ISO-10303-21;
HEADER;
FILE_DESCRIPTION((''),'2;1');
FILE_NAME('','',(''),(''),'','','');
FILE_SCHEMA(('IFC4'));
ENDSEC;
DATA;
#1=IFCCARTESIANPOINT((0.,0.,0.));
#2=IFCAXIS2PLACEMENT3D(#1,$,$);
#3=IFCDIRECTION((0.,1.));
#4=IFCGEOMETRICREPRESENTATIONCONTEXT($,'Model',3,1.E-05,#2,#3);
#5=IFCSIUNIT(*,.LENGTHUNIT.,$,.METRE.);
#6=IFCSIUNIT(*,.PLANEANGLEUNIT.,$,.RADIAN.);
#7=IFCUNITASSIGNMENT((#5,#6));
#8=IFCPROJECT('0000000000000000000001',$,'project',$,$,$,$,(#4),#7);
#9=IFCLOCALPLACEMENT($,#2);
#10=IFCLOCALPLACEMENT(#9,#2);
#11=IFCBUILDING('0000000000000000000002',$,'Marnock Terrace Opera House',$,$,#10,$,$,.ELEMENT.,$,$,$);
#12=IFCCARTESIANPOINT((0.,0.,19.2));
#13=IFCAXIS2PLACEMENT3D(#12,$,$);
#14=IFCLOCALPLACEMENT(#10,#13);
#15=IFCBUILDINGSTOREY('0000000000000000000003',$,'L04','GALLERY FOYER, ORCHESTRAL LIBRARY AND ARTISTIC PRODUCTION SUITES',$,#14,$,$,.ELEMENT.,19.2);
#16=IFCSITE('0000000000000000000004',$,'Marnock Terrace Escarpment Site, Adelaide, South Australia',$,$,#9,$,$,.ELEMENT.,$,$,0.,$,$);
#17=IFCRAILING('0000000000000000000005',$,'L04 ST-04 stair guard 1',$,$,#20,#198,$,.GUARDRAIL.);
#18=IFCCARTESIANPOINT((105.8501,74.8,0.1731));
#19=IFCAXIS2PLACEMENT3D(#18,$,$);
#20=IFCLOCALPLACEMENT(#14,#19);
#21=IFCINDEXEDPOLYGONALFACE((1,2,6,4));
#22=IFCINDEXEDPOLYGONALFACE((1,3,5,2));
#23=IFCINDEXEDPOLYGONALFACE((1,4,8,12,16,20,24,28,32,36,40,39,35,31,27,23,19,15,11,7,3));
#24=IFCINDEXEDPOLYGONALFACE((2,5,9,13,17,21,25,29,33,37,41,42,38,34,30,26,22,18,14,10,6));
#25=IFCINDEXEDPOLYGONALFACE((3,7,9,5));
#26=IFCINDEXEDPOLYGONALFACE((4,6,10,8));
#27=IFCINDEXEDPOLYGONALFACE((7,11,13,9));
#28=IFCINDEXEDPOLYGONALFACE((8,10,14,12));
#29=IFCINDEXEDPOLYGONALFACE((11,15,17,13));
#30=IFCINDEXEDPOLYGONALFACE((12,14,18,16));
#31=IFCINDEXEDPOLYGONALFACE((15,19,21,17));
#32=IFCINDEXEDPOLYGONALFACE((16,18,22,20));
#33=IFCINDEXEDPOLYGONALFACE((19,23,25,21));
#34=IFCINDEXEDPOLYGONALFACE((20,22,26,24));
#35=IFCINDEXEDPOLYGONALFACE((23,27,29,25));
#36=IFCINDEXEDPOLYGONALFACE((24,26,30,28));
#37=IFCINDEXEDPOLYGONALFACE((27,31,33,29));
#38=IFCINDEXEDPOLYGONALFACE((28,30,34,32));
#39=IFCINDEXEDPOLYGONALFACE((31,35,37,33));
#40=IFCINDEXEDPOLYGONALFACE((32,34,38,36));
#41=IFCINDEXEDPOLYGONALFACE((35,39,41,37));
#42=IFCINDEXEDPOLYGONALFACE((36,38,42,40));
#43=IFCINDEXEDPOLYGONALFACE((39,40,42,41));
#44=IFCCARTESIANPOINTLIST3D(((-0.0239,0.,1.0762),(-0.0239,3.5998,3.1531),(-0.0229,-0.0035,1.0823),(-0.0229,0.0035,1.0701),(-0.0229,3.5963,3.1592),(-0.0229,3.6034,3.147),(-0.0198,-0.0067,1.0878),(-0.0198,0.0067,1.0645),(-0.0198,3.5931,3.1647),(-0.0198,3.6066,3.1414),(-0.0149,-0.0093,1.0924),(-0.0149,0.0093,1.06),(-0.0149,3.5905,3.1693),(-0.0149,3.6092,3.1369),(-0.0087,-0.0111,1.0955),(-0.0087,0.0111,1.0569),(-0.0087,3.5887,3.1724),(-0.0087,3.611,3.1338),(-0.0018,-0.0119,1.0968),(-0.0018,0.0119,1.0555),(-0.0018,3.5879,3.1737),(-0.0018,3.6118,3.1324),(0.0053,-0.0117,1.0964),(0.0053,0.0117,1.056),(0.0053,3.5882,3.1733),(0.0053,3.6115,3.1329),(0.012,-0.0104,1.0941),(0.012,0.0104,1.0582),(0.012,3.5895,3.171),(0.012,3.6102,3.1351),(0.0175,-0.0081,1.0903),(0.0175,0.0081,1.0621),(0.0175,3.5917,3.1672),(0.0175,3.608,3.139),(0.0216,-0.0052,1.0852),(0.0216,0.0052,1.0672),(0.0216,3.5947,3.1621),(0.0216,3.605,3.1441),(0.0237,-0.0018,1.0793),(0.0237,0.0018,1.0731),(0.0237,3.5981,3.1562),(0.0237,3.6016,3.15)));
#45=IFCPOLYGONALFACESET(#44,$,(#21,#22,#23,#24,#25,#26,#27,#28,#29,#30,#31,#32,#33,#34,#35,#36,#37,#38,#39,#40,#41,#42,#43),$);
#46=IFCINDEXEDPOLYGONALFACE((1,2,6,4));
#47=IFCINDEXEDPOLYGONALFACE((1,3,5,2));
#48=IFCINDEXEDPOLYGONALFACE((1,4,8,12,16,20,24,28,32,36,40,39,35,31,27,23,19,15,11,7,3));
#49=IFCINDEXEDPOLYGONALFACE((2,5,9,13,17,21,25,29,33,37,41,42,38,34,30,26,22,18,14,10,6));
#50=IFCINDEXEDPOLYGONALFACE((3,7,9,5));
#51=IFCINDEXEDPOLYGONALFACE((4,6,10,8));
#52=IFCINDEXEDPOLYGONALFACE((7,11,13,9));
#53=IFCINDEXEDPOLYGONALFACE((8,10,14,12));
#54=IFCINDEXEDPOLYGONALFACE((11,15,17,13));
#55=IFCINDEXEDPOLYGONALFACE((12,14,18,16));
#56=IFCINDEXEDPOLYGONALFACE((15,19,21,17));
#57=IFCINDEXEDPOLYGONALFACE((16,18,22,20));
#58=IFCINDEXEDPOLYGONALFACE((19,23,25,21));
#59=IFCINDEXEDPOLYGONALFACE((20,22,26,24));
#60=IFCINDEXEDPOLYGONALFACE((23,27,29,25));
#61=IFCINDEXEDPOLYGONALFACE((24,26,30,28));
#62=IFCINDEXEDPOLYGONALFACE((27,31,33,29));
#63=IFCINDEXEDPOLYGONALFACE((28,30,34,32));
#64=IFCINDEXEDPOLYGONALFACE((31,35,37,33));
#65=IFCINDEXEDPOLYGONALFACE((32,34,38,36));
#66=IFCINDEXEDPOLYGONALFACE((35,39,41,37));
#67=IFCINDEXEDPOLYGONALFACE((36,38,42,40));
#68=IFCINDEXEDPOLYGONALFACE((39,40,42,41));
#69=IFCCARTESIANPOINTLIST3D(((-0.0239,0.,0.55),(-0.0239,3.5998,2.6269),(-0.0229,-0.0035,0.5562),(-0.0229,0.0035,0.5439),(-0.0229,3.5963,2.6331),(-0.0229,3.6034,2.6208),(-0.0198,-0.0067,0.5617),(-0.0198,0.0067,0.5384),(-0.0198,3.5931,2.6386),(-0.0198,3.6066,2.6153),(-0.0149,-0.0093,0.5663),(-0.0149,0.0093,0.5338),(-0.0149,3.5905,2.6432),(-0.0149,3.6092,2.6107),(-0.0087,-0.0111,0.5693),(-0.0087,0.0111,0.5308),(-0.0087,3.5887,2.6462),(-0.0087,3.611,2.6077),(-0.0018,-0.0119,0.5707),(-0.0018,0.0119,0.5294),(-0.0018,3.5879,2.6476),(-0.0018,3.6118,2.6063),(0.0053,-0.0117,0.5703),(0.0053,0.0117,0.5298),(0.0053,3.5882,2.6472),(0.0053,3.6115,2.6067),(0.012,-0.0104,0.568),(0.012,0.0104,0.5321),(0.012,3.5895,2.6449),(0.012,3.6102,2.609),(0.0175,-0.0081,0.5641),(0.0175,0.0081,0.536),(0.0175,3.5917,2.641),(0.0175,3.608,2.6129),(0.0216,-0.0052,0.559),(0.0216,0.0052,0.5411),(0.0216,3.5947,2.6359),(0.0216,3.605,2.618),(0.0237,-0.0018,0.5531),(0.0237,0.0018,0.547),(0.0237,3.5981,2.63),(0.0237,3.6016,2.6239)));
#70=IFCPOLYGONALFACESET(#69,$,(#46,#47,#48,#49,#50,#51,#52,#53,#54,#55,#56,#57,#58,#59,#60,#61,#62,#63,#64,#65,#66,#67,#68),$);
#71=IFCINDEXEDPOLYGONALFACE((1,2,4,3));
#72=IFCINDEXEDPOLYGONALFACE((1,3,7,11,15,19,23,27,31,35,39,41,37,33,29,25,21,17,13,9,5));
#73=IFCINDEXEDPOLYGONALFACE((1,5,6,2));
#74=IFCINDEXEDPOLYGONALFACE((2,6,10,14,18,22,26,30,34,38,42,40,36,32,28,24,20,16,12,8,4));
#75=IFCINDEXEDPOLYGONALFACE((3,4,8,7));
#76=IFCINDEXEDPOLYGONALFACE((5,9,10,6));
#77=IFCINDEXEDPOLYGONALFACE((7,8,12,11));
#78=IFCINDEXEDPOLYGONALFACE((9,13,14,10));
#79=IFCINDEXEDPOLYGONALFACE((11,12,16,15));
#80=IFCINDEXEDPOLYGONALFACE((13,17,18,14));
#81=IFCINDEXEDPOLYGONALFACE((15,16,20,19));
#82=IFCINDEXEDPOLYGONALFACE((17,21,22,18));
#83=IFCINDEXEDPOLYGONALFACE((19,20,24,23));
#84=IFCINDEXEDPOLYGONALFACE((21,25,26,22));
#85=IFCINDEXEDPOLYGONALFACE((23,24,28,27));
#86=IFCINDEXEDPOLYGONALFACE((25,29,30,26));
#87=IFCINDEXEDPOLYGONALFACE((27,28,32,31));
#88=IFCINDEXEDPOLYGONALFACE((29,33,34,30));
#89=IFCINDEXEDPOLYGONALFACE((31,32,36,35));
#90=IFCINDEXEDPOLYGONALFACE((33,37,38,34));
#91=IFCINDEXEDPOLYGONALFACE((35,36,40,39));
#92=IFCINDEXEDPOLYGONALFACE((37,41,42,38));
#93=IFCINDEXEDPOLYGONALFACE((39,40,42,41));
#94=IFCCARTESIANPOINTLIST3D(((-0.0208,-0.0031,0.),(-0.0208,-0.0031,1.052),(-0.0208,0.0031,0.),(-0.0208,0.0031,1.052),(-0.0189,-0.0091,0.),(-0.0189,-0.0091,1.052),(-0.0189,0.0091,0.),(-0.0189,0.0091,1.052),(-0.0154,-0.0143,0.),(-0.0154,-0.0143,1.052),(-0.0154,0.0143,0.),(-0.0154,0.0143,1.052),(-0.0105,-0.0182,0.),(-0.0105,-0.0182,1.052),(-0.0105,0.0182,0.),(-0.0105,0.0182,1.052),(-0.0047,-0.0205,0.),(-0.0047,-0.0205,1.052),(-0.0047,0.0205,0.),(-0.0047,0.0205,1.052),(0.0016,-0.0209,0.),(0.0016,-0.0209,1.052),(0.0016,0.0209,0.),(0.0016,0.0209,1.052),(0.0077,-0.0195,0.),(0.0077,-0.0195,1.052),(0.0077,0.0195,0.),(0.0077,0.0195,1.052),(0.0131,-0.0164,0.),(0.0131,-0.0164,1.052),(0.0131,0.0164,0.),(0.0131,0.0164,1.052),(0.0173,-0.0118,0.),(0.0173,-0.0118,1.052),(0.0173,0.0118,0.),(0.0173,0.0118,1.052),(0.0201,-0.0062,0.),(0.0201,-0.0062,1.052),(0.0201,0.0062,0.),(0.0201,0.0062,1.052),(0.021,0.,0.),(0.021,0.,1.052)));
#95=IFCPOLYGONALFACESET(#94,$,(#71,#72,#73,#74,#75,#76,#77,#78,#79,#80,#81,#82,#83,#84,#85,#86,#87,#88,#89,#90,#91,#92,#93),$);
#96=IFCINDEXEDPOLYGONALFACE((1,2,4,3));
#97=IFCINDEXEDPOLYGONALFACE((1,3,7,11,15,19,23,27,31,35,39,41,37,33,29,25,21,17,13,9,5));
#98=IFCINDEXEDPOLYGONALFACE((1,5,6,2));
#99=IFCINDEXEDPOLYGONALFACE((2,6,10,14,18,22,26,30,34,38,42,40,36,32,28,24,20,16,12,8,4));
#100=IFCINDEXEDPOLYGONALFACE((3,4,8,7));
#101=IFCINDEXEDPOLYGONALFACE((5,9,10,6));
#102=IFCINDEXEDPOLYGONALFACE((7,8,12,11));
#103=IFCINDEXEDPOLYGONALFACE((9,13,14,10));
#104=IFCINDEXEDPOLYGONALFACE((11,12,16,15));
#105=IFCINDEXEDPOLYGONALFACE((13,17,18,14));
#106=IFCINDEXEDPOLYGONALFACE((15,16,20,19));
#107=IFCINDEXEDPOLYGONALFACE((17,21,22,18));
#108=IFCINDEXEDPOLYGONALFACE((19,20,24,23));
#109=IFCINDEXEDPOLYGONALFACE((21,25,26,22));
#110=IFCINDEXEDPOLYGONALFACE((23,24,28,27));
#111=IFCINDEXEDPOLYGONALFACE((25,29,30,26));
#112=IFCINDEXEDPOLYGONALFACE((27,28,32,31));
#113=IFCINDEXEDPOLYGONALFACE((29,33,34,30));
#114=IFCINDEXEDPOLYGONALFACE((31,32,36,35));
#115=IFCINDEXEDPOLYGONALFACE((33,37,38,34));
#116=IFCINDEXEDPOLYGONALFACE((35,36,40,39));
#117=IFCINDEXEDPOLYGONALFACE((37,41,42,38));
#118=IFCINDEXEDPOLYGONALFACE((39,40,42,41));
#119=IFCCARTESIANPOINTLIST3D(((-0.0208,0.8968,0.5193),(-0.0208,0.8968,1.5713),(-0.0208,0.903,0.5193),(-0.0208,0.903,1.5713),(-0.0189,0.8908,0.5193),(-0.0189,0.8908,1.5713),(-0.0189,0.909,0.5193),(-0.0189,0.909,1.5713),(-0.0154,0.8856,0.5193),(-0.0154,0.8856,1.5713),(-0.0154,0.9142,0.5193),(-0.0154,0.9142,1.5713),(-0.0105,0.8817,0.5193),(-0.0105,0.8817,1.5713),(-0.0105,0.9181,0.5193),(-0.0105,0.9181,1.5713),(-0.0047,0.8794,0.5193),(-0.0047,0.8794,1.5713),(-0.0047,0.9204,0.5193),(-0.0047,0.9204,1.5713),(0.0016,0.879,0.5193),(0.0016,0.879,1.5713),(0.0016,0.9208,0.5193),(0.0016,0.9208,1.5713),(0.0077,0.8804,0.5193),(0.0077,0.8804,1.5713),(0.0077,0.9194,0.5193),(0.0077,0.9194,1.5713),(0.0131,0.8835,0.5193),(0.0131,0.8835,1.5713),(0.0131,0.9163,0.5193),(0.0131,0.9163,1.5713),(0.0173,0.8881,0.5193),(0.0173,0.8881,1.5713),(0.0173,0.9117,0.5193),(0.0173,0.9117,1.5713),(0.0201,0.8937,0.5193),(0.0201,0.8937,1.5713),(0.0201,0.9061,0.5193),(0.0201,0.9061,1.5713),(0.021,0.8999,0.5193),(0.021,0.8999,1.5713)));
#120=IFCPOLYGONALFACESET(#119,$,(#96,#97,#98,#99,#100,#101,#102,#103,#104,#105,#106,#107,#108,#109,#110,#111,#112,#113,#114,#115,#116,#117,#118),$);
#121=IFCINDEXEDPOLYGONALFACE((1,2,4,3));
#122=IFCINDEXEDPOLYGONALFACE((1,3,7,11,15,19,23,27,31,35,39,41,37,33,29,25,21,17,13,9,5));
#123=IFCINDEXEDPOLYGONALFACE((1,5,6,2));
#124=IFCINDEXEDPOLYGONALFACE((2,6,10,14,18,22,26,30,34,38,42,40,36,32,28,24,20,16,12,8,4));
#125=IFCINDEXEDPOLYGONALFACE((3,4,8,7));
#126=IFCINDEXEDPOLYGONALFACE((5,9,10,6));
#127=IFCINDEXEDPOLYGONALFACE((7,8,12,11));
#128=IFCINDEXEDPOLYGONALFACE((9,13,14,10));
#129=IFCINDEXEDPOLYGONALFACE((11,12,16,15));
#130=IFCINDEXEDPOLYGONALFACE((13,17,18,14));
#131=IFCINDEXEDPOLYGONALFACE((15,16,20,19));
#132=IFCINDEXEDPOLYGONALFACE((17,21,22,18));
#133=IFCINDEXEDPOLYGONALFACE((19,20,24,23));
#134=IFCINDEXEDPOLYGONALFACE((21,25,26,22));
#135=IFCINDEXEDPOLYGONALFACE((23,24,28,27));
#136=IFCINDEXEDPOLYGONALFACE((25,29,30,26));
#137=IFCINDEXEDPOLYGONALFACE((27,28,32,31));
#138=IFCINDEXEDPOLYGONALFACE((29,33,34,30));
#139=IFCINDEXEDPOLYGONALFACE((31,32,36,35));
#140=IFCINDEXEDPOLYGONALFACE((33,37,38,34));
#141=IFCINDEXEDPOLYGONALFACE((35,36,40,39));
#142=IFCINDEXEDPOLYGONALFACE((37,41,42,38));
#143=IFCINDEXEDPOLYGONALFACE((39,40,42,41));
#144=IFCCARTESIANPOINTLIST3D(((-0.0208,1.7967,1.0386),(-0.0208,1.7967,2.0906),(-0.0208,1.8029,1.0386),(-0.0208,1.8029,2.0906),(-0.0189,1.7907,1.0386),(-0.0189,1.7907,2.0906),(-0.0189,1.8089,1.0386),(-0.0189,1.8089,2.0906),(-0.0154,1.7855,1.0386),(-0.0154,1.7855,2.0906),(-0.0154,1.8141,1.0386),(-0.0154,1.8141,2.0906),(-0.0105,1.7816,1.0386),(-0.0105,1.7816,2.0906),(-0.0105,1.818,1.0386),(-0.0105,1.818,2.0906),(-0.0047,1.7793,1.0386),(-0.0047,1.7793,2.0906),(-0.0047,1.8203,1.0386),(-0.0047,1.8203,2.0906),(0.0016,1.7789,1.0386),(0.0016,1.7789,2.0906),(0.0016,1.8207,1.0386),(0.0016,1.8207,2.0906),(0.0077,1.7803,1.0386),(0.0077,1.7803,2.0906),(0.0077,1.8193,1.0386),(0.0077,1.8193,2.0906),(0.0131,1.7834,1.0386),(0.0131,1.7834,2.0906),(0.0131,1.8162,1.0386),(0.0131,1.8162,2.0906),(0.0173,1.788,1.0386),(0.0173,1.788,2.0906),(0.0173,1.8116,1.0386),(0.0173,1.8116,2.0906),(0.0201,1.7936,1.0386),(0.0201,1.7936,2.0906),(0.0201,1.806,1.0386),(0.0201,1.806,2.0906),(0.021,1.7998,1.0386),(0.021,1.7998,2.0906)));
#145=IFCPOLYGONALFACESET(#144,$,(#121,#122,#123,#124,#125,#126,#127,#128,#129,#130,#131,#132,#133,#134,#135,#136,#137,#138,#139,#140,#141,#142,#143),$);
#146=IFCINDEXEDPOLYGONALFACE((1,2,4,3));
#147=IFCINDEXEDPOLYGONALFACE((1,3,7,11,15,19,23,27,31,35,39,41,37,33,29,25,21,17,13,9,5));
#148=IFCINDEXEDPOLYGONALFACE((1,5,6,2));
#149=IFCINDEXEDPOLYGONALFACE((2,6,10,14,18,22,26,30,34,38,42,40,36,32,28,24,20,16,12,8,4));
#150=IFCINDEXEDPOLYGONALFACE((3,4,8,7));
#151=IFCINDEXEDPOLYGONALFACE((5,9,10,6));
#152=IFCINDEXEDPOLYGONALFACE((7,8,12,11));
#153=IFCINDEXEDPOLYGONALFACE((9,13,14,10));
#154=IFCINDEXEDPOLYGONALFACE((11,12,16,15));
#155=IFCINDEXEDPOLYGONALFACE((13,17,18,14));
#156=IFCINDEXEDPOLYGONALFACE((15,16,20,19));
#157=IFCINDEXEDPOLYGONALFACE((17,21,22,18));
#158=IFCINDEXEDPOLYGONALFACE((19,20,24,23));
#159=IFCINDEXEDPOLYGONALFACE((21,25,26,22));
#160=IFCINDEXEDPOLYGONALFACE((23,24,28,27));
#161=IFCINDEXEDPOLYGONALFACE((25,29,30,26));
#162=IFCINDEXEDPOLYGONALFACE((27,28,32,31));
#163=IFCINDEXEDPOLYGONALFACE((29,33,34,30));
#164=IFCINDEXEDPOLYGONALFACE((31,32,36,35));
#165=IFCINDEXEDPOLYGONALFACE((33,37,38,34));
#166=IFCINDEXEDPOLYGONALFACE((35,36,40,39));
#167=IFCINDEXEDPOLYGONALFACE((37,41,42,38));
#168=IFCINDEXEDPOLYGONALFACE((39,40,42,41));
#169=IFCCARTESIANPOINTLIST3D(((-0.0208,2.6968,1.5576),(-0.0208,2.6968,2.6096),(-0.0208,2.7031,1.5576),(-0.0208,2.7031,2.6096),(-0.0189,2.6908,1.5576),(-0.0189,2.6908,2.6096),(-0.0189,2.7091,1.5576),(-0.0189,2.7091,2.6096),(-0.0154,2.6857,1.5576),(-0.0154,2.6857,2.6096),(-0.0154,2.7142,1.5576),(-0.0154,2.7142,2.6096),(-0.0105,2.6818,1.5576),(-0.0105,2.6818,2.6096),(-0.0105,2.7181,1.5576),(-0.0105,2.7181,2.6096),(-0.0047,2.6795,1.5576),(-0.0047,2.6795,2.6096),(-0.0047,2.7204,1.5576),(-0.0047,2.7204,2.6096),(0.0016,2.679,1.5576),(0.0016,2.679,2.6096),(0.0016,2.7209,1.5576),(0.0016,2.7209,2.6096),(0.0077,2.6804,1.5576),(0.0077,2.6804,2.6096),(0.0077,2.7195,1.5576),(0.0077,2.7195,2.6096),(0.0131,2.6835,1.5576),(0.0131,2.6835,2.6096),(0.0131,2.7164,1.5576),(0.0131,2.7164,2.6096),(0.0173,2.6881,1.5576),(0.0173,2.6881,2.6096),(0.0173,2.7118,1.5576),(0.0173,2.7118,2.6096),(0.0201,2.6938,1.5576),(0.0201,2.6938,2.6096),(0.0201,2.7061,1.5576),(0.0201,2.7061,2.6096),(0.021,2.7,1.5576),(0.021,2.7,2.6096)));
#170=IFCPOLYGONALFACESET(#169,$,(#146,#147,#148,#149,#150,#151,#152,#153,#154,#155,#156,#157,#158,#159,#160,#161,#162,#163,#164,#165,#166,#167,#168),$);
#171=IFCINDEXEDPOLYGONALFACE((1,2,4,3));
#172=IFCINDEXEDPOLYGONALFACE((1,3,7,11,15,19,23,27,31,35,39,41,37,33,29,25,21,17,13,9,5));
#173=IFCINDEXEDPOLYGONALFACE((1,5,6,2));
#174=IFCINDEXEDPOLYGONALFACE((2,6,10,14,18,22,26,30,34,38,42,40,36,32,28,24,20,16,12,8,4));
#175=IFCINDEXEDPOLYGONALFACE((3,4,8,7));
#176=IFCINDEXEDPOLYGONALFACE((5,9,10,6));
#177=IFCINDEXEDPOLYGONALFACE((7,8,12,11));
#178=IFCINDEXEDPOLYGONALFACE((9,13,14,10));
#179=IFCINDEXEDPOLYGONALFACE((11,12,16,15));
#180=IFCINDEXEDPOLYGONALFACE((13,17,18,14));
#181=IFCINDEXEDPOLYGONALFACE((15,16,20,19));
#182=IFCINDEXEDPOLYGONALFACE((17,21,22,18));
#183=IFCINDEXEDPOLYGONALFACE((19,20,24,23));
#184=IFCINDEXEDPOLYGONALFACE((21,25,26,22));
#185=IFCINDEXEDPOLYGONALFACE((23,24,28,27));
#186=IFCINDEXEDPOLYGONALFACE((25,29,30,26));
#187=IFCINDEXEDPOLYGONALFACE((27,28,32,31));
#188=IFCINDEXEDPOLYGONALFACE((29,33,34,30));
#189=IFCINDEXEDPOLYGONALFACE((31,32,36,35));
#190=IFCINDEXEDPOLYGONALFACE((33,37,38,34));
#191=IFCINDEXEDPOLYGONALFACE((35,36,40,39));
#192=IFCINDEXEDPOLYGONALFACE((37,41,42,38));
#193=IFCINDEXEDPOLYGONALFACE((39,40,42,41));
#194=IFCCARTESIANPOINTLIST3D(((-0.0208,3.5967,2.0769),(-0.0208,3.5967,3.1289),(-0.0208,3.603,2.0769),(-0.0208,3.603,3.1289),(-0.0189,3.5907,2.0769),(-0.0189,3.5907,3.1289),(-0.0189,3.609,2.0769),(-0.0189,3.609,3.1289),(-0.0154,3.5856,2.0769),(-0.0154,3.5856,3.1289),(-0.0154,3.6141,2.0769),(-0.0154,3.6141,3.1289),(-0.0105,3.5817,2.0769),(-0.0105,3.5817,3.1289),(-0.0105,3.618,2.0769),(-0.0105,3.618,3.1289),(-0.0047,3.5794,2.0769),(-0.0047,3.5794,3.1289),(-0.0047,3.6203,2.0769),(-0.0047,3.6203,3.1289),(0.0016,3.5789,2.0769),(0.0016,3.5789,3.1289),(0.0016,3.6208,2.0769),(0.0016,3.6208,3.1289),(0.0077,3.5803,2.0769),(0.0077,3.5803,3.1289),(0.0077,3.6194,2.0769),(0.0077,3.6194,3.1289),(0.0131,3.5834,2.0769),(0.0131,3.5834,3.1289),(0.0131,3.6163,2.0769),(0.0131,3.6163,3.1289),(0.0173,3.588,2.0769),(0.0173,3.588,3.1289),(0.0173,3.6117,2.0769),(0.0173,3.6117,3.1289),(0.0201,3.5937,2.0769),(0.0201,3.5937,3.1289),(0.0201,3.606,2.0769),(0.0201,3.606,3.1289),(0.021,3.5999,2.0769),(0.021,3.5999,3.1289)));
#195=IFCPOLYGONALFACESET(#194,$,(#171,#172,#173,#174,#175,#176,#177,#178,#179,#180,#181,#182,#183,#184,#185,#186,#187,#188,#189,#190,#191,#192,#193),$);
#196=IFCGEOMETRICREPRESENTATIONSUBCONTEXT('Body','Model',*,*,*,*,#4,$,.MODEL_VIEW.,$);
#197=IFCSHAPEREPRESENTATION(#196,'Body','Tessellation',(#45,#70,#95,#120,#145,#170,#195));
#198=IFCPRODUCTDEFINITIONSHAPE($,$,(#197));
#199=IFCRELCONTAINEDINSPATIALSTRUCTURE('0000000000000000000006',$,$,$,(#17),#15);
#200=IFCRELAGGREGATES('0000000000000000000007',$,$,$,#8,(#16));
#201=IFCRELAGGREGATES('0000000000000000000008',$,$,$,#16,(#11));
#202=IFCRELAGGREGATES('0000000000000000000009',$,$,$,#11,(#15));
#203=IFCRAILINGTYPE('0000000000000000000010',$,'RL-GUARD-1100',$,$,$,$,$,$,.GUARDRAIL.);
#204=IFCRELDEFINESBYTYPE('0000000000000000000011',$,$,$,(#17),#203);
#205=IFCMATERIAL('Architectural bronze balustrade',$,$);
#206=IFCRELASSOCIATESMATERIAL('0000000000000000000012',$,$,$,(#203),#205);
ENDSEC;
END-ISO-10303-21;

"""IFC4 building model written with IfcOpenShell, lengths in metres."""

from ifc_helpers import new_model, si_unit, direction, frame, origin, origin_2d, place, context, subcontext, project, spatial, circle, extrude, material, type_object, element, save


model = new_model("IFC4")

# Units and contexts
model_context = context("Model", 3, precision=1e-05, world=origin(), true_north=direction((0.0, 1.0)))
body_context = subcontext(model_context, "Body", "Model", "MODEL_VIEW")
ifc_project = project(units=[si_unit("LENGTHUNIT", "METRE"), si_unit("PLANEANGLEUNIT", "RADIAN")], contexts=[model_context])

# Site, building, storey
site_placement = place(None, origin())
site = spatial("IfcSite", under=ifc_project, at=site_placement, Name="Marnock Terrace Escarpment Site, Adelaide, South Australia", CompositionType="ELEMENT", RefElevation=0.0)
building_placement = place(site_placement, origin())
building = spatial("IfcBuilding", under=site, at=building_placement, Name="Marnock Terrace Opera House", CompositionType="ELEMENT")
storey_placement = place(building_placement, frame((0.0, 0.0, 19.2)))
storey = spatial("IfcBuildingStorey", under=building, at=storey_placement, Name="L04", Description="GALLERY FOYER, ORCHESTRAL LIBRARY AND ARTISTIC PRODUCTION SUITES", CompositionType="ELEMENT", Elevation=19.2)

# Railing
ifc_material_1 = material(Name="Architectural bronze balustrade")
railing_type_1 = type_object("IfcRailingType", Name="RL-GUARD-1100", PredefinedType="GUARDRAIL", material=ifc_material_1)
railing_1_placement = place(storey_placement, frame((105.8501, 74.8, 0.1731)))
element("IfcRailing", 1, at=railing_1_placement, inside=storey, type_object=railing_type_1, Name="L04 ST-04 stair guard 1", PredefinedType="GUARDRAIL", context=body_context, shape_type="SweptSolid", body=[
    extrude(circle(Radius=0.0239, at=origin_2d()), frame((0.0, 0.0, 1.0762), z_axis=(0.0, 0.866179, 0.499734), x_axis=(-1.0, 0.0, 0.0)), (0.0, 0.0, 1.0), 4.156),
    extrude(circle(Radius=0.0239, at=origin_2d()), frame((0.0, 0.0, 0.55), z_axis=(0.0, 0.866179, 0.499734), x_axis=(-1.0, 0.0, 0.0)), (0.0, 0.0, 1.0), 4.156),
    extrude(circle(Radius=0.021, at=origin_2d()), origin(), (0.0, 0.0, 1.0), 1.052),
    extrude(circle(Radius=0.021, at=origin_2d()), frame((0.0, 0.8999, 0.5193)), (0.0, 0.0, 1.0), 1.052),
    extrude(circle(Radius=0.021, at=origin_2d()), frame((0.0, 1.7998, 1.0386)), (0.0, 0.0, 1.0), 1.052),
    extrude(circle(Radius=0.021, at=origin_2d()), frame((0.0, 2.7, 1.5576)), (0.0, 0.0, 1.0), 1.052),
    extrude(circle(Radius=0.021, at=origin_2d()), frame((0.0, 3.5999, 2.0769)), (0.0, 0.0, 1.0), 1.052),
])

save(model, "model.ifc")
